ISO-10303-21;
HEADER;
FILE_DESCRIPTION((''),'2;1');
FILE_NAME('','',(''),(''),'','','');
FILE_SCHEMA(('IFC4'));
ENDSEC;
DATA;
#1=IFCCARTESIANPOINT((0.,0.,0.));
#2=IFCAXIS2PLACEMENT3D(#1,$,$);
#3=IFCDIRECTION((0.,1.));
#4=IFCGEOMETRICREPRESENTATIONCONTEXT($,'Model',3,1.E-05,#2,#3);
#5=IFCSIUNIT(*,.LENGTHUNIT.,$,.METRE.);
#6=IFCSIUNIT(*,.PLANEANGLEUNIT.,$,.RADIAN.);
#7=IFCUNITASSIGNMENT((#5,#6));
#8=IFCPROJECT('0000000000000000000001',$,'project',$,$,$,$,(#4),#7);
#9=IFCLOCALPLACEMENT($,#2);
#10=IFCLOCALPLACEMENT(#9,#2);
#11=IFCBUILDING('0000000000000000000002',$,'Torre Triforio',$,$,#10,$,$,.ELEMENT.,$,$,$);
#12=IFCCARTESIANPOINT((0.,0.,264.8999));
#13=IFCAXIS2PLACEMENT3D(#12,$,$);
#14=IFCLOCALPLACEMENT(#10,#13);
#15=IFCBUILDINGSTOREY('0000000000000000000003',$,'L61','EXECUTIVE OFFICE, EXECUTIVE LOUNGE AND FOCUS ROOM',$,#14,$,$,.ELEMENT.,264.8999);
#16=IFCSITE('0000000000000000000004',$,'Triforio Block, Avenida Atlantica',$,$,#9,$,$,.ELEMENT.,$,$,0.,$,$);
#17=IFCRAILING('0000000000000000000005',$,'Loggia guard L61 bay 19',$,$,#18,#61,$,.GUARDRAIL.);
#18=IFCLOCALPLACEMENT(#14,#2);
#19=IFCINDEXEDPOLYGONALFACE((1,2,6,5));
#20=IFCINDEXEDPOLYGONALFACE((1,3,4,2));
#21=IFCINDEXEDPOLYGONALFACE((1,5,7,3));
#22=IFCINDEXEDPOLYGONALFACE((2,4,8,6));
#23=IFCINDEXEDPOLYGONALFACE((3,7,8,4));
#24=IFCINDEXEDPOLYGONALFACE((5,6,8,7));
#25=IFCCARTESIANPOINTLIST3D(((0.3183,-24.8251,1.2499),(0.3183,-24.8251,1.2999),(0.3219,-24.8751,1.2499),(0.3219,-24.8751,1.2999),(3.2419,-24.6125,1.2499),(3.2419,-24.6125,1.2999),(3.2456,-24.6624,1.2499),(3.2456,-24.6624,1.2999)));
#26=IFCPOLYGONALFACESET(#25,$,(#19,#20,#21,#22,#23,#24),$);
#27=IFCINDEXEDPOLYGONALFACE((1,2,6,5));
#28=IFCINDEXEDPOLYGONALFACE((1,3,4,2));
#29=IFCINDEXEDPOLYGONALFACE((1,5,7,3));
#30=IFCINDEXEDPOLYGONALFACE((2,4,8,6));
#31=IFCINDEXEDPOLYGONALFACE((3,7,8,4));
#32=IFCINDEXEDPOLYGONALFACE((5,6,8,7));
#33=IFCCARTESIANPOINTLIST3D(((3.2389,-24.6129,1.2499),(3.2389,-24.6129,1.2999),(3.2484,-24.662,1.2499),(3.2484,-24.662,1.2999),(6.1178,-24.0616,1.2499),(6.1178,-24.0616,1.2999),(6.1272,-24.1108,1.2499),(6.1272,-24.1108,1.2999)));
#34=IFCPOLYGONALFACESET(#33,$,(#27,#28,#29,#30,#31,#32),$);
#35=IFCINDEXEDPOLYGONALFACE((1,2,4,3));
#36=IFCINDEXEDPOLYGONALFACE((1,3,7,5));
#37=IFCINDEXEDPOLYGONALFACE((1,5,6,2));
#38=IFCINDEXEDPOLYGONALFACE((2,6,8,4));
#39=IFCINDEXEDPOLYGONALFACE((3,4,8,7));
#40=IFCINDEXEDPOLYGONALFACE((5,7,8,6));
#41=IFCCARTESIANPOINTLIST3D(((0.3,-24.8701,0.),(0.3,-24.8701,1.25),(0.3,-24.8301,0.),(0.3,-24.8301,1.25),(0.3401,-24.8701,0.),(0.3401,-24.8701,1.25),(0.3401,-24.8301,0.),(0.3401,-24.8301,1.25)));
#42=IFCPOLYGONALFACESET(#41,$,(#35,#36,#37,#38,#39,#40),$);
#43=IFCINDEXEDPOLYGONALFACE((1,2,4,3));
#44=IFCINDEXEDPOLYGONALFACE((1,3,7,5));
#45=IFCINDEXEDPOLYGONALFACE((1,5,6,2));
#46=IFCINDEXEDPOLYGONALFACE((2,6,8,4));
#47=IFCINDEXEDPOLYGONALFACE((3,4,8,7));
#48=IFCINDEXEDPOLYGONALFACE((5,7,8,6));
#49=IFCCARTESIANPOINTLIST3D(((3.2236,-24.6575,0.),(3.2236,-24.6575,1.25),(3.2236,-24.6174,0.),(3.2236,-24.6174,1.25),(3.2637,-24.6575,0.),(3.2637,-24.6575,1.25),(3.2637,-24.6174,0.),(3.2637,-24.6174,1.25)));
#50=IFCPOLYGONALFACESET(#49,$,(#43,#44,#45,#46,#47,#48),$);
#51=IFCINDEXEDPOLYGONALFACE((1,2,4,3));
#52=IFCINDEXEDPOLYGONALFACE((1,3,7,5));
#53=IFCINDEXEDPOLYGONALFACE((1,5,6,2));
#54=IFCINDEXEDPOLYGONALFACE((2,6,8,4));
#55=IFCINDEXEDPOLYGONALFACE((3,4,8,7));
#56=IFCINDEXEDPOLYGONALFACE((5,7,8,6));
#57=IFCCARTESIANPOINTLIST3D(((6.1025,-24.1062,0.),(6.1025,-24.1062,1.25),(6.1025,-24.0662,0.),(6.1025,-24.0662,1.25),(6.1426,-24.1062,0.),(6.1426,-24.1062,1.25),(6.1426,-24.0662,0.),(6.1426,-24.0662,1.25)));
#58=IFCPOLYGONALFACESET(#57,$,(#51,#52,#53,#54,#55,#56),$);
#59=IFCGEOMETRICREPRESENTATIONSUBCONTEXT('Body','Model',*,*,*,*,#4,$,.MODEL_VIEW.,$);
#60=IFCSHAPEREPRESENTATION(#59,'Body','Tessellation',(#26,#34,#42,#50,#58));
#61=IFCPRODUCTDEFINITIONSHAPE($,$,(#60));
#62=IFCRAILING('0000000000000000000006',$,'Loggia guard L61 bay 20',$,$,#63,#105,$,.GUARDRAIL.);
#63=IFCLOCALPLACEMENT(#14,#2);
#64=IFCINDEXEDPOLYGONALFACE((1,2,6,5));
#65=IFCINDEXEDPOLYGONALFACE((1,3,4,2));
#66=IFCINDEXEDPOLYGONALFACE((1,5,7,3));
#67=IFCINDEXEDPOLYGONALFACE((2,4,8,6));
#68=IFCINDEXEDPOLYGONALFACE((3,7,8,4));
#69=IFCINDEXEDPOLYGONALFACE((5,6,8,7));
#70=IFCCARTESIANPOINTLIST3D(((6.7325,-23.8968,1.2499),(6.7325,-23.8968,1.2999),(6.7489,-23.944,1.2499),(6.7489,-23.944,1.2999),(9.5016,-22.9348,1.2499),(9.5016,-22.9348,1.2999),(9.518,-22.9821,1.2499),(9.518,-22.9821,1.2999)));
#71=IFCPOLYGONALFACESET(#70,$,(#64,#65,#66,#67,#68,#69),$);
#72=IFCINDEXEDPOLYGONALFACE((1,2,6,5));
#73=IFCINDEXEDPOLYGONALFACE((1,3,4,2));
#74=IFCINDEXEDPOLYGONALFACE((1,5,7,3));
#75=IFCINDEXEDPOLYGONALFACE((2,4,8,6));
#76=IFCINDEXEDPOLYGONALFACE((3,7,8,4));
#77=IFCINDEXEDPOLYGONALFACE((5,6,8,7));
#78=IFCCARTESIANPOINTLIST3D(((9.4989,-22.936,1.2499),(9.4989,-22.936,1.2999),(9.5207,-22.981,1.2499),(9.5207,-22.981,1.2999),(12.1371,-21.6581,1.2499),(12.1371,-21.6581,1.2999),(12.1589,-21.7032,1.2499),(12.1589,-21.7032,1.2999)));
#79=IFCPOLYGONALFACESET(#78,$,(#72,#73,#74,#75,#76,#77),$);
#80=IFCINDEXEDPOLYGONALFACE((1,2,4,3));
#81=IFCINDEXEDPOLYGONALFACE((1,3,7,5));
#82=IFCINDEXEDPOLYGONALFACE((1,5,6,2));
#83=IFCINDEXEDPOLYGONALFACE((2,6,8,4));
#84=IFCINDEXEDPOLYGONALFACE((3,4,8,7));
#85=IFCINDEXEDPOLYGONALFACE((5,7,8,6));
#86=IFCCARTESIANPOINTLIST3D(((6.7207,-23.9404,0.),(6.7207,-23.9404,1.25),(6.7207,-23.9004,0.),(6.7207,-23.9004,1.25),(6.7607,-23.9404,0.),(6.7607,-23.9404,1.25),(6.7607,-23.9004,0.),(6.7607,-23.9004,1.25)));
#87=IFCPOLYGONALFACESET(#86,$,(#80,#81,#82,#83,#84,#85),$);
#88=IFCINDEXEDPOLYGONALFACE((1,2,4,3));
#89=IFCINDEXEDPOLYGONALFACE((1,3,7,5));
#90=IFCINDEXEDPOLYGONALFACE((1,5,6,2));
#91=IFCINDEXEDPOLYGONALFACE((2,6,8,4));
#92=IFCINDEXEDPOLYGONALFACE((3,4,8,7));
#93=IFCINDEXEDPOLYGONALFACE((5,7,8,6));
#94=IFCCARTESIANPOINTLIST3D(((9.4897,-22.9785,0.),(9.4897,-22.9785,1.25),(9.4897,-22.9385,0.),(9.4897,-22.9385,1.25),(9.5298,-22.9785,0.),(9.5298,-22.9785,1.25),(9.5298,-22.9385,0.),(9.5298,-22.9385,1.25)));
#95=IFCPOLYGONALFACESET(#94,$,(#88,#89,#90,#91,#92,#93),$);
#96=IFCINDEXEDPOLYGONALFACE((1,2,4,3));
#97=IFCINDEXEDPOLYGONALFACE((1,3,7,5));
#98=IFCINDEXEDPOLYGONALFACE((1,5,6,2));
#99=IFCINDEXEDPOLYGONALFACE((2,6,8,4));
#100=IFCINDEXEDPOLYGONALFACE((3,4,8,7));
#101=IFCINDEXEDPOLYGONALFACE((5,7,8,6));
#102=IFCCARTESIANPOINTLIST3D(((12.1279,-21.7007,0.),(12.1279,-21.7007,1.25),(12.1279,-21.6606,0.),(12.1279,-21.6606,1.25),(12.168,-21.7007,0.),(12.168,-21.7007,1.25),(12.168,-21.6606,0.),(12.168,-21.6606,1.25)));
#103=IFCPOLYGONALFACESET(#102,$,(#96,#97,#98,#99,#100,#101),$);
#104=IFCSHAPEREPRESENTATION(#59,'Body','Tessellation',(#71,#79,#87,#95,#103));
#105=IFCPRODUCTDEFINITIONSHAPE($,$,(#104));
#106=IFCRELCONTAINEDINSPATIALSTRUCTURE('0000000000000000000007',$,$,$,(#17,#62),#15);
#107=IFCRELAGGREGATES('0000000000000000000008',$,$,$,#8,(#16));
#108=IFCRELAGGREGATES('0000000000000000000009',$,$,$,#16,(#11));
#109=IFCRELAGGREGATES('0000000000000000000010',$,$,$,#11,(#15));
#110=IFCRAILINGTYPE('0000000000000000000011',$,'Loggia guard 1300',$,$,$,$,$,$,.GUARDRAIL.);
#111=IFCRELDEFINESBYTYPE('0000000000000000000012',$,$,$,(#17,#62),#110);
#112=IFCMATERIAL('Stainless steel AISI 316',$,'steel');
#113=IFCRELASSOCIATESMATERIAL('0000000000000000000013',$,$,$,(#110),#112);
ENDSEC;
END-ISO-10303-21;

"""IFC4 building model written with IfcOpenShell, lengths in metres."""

from ifc_helpers import new_model, si_unit, direction, frame, origin, origin_2d, place, context, subcontext, project, spatial, rectangle, extrude, material, type_object, element, save


model = new_model("IFC4")

# Units and contexts
model_context = context("Model", 3, precision=1e-05, world=origin(), true_north=direction((0.0, 1.0)))
body_context = subcontext(model_context, "Body", "Model", "MODEL_VIEW")
ifc_project = project(units=[si_unit("LENGTHUNIT", "METRE"), si_unit("PLANEANGLEUNIT", "RADIAN")], contexts=[model_context])

# Site, building, storey
site_placement = place(None, origin())
site = spatial("IfcSite", under=ifc_project, at=site_placement, Name="Triforio Block, Avenida Atlantica", CompositionType="ELEMENT", RefElevation=0.0)
building_placement = place(site_placement, origin())
building = spatial("IfcBuilding", under=site, at=building_placement, Name="Torre Triforio", CompositionType="ELEMENT")
storey_placement = place(building_placement, frame((0.0, 0.0, 264.8999)))
storey = spatial("IfcBuildingStorey", under=building, at=storey_placement, Name="L61", Description="EXECUTIVE OFFICE, EXECUTIVE LOUNGE AND FOCUS ROOM", CompositionType="ELEMENT", Elevation=264.8999)

# Railings
ifc_material_1 = material(Name="Stainless steel AISI 316", Category="steel")
railing_type = type_object("IfcRailingType", Name="Loggia guard 1300", PredefinedType="GUARDRAIL", material=ifc_material_1)
railing_1_placement = place(storey_placement, frame((0.3201, -24.8501, 0.0)))
element("IfcRailing", 1, at=railing_1_placement, inside=storey, type_object=railing_type, Name="Loggia guard L61 bay 19", PredefinedType="GUARDRAIL", context=body_context, shape_type="SweptSolid", body=[
    extrude(rectangle(XDim=0.05, YDim=0.05, at=origin_2d()), frame((0.0, 0.0, 1.2749), z_axis=(0.997365, 0.072543, 0.0), x_axis=(-0.072543, 0.997365, 0.0)), (0.0, 0.0, 1.0), 2.9314),
    extrude(rectangle(XDim=0.05, YDim=0.05, at=origin_2d()), frame((2.9236, 0.2126, 1.2749), z_axis=(0.982156, 0.188069, 0.0), x_axis=(-0.188069, 0.982156, 0.0)), (0.0, 0.0, 1.0), 2.9312),
    extrude(rectangle(XDim=0.04, YDim=0.04, at=origin_2d()), origin(), (0.0, 0.0, 1.0), 1.25),
    extrude(rectangle(XDim=0.04, YDim=0.04, at=origin_2d()), frame((2.9236, 0.2126, 0.0)), (0.0, 0.0, 1.0), 1.25),
    extrude(rectangle(XDim=0.04, YDim=0.04, at=origin_2d()), frame((5.8025, 0.7639, 0.0)), (0.0, 0.0, 1.0), 1.25),
])
railing_2_placement = place(storey_placement, frame((6.7407, -23.9204, 0.0)))
element("IfcRailing", 2, at=railing_2_placement, inside=storey, type_object=railing_type, Name="Loggia guard L61 bay 20", PredefinedType="GUARDRAIL", context=body_context, shape_type="SweptSolid", body=[
    extrude(rectangle(XDim=0.05, YDim=0.05, at=origin_2d()), frame((0.0, 0.0, 1.2749), z_axis=(0.944627, 0.328146, 0.0), x_axis=(-0.328146, 0.944627, 0.0)), (0.0, 0.0, 1.0), 2.9314),
    extrude(rectangle(XDim=0.05, YDim=0.05, at=origin_2d()), frame((2.769, 0.9619, 1.2749), z_axis=(0.899986, 0.435918, 0.0), x_axis=(-0.435918, 0.899986, 0.0)), (0.0, 0.0, 1.0), 2.9314),
    extrude(rectangle(XDim=0.04, YDim=0.04, at=origin_2d()), origin(), (0.0, 0.0, 1.0), 1.25),
    extrude(rectangle(XDim=0.04, YDim=0.04, at=origin_2d()), frame((2.769, 0.9619, 0.0)), (0.0, 0.0, 1.0), 1.25),
    extrude(rectangle(XDim=0.04, YDim=0.04, at=origin_2d()), frame((5.4072, 2.2397, 0.0)), (0.0, 0.0, 1.0), 1.25),
])

save(model, "model.ifc")
